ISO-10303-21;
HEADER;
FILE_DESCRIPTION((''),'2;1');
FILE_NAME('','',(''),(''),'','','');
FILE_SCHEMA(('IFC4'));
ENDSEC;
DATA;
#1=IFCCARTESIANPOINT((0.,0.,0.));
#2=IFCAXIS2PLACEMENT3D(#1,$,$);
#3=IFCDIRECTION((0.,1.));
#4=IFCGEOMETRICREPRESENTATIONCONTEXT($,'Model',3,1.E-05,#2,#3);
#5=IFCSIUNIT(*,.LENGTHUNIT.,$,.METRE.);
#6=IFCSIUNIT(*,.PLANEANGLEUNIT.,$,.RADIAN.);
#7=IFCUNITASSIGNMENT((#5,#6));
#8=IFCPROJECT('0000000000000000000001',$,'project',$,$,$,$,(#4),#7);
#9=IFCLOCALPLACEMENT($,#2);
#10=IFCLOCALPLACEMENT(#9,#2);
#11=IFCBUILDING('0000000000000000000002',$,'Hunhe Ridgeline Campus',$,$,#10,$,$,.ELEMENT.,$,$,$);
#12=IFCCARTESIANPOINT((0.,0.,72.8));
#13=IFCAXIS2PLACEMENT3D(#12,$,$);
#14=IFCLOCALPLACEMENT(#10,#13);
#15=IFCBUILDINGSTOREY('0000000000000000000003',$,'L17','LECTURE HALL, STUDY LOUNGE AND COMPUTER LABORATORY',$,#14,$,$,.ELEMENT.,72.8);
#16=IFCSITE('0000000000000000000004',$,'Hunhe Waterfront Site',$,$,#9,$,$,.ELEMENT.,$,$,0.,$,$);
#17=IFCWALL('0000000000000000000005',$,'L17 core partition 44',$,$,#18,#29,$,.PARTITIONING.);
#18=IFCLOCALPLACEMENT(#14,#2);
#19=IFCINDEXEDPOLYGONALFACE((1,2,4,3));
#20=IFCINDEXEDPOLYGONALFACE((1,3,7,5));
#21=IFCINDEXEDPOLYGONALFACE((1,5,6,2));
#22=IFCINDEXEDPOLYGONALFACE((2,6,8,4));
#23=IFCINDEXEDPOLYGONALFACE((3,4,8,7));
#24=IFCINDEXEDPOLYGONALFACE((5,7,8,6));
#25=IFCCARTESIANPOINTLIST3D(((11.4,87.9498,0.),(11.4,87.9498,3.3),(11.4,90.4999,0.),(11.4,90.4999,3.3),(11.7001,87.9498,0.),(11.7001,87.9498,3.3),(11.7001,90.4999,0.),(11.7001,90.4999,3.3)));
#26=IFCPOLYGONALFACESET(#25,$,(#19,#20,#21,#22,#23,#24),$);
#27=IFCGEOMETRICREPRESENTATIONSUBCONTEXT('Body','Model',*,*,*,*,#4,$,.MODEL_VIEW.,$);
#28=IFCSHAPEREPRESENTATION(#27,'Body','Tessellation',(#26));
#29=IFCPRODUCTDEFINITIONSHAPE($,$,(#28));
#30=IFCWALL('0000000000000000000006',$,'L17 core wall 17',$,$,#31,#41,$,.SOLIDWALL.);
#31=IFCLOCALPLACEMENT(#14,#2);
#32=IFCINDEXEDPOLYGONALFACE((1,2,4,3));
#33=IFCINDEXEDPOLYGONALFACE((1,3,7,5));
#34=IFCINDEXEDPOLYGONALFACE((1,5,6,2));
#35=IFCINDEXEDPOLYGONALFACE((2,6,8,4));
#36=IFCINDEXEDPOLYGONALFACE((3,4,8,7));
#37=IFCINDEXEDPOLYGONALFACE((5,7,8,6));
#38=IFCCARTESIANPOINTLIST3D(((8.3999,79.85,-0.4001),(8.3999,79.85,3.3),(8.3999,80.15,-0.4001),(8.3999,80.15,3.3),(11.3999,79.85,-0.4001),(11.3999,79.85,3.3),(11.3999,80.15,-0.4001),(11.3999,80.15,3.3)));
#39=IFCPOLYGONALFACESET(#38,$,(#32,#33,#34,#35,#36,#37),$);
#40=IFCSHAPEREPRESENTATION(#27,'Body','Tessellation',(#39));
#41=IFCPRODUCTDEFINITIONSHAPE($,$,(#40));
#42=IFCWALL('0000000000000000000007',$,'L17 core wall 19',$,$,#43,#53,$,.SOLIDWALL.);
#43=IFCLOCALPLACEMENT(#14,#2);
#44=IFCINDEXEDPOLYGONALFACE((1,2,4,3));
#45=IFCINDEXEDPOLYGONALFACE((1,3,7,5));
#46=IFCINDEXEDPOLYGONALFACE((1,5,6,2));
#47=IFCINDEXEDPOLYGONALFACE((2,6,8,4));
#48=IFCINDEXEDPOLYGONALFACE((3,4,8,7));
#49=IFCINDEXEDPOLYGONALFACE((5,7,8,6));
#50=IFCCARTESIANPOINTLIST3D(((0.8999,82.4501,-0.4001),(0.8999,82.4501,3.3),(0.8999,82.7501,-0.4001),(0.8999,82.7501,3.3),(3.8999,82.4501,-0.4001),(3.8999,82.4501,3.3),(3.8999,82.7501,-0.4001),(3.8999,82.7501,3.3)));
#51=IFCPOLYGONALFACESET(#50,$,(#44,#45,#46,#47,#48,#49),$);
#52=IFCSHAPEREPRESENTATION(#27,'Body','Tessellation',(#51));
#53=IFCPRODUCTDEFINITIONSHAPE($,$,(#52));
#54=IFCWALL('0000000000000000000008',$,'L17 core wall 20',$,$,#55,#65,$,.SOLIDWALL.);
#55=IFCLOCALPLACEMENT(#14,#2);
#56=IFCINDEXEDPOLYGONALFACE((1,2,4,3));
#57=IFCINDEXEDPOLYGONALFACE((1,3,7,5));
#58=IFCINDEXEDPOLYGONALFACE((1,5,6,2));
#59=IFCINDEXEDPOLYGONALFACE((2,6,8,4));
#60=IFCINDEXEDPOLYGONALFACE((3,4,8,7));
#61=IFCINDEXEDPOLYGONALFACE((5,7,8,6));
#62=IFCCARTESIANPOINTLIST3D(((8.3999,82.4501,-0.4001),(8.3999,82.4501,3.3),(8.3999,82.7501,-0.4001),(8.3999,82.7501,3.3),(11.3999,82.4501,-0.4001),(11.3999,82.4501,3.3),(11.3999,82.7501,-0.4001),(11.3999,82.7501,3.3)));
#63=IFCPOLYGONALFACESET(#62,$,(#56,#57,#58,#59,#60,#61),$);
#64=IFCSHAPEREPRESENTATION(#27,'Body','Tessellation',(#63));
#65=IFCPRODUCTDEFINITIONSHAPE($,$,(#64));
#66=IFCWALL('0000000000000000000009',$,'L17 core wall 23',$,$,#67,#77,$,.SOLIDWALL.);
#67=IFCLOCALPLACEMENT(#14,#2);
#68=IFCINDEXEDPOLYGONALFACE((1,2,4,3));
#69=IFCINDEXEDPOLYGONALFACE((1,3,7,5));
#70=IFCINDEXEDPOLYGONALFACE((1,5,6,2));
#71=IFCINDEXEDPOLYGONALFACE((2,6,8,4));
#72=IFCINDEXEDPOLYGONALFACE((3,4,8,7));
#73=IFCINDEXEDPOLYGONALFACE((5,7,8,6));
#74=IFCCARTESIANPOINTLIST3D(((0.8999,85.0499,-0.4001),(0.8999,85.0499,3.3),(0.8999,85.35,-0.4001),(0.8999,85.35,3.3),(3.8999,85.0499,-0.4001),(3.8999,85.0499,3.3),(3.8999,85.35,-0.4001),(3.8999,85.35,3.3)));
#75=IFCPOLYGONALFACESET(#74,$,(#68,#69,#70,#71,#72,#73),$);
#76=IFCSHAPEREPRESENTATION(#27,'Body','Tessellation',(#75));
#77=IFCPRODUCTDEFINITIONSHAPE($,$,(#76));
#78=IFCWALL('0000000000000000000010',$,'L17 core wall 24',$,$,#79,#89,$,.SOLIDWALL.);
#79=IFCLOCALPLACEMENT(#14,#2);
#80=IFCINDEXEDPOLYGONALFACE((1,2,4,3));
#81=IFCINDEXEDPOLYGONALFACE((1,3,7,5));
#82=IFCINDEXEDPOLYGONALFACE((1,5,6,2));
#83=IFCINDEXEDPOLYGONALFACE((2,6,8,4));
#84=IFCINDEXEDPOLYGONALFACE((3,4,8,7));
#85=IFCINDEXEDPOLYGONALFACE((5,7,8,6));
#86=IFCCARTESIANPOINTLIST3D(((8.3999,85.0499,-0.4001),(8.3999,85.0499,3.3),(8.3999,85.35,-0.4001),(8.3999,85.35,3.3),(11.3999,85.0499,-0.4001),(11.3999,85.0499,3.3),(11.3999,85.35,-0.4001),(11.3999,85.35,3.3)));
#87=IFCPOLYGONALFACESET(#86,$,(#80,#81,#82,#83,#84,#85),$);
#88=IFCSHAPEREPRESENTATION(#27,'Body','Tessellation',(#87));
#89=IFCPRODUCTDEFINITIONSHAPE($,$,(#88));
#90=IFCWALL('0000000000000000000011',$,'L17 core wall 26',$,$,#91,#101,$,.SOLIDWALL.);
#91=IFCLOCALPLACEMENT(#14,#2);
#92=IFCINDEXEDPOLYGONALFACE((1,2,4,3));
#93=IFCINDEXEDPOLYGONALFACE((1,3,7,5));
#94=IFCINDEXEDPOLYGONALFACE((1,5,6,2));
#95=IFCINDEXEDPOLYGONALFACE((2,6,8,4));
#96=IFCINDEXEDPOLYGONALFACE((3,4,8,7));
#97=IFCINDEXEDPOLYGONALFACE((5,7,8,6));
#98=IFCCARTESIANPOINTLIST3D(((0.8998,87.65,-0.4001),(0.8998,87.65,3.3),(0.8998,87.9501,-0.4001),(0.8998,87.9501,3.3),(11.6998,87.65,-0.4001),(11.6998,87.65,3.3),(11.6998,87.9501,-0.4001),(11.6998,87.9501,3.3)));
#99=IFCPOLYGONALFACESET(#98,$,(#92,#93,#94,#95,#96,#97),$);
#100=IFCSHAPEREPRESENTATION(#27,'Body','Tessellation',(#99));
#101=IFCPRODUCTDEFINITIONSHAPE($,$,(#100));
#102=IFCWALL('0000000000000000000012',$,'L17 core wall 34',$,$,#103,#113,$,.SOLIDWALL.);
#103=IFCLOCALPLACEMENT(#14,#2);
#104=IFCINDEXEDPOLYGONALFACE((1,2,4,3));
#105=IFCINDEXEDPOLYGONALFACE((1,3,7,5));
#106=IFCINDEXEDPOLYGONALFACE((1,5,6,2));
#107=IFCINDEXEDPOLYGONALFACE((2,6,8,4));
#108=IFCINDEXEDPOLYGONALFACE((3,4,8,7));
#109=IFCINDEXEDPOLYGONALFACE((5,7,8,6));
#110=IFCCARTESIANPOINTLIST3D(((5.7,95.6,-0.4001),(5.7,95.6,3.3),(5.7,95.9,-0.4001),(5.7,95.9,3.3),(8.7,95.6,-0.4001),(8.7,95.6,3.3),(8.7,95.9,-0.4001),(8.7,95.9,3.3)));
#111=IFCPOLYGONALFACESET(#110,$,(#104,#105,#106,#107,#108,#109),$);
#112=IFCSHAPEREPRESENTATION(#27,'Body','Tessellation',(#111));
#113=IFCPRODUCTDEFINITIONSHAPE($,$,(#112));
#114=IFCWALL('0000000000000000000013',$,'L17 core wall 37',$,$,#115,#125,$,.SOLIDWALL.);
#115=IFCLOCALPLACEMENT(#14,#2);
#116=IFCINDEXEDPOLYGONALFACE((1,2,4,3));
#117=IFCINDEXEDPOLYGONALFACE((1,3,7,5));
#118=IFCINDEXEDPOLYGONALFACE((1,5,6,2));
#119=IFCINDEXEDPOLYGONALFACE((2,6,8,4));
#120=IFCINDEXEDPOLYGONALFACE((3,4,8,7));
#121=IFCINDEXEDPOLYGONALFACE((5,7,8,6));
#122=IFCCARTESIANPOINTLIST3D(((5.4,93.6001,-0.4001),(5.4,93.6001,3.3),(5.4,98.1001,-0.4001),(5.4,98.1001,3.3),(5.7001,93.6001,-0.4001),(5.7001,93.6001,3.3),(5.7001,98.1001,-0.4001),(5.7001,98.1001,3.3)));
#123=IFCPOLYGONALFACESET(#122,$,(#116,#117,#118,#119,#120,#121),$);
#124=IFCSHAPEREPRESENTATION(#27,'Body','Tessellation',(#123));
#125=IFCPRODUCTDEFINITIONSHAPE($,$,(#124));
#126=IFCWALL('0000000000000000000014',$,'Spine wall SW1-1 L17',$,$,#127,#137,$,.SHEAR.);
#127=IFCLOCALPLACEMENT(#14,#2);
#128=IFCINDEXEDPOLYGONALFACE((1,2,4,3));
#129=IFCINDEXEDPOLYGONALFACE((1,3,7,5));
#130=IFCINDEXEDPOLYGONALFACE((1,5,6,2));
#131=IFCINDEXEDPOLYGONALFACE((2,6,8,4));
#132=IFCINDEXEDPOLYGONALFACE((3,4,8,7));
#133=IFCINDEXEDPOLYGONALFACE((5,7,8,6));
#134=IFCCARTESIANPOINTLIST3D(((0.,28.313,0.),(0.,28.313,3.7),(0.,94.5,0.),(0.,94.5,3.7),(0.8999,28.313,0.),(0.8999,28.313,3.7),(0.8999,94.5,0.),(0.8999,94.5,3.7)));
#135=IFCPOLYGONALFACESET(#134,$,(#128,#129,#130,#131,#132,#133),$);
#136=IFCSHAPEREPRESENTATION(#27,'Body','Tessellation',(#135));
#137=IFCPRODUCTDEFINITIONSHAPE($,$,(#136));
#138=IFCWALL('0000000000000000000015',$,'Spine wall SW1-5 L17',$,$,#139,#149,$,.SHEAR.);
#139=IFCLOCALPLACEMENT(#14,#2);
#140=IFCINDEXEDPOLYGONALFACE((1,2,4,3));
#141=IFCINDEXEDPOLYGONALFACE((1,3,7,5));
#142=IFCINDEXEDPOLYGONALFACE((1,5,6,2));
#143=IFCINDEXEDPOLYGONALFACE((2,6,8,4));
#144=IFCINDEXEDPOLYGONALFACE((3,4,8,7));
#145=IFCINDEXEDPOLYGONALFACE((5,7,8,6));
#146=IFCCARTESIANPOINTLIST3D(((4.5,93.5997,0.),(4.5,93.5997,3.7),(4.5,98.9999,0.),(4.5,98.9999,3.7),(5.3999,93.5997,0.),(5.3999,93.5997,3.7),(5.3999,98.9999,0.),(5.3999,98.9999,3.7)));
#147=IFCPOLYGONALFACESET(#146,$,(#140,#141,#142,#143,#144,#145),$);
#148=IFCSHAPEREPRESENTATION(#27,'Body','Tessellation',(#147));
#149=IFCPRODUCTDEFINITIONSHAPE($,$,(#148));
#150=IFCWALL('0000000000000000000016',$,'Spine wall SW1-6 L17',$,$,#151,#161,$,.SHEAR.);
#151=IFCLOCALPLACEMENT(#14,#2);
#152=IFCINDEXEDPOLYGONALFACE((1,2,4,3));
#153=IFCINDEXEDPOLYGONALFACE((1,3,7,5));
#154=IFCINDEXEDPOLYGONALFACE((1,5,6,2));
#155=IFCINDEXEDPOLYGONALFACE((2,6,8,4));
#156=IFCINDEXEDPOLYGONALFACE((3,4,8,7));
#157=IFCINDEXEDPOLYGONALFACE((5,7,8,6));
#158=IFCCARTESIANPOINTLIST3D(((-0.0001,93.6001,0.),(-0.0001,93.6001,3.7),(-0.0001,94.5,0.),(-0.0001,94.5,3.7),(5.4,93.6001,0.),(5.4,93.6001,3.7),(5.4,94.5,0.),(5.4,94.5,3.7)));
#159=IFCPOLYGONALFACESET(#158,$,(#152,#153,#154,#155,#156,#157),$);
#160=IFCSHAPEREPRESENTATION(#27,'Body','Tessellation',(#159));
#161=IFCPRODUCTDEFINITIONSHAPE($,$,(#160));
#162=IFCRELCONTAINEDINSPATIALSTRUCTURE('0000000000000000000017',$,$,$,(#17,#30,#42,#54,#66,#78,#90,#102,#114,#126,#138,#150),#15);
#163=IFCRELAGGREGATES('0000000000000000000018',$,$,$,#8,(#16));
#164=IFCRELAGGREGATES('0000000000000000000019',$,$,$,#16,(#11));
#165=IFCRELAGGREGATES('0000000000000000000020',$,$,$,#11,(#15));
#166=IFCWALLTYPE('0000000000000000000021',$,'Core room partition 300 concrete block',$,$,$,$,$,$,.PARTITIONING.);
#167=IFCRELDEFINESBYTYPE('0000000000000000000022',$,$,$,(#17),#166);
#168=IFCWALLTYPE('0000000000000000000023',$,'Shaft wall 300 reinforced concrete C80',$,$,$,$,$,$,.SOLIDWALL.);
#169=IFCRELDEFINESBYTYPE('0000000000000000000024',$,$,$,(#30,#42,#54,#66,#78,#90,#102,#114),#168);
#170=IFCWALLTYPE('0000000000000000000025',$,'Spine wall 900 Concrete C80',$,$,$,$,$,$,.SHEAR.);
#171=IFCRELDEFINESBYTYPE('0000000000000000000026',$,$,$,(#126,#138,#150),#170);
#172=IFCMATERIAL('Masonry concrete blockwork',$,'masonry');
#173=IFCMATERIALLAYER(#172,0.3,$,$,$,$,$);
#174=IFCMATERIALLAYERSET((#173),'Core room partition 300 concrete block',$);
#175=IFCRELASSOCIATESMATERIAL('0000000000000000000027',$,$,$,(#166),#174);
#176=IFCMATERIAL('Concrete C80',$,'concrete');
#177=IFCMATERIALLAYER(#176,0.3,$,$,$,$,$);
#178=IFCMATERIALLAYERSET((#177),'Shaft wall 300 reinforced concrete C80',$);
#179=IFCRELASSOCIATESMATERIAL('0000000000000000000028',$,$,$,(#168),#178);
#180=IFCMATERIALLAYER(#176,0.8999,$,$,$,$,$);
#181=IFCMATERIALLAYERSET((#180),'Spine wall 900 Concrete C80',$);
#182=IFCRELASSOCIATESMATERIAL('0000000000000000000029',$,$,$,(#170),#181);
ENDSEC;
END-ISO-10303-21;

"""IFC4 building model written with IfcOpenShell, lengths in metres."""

from ifc_helpers import new_model, si_unit, direction, frame, frame_2d, origin, place, context, subcontext, project, spatial, rectangle, extrude, material, layer, layer_set, type_object, element, save


model = new_model("IFC4")

# Units and contexts
model_context = context("Model", 3, precision=1e-05, world=origin(), true_north=direction((0.0, 1.0)))
body_context = subcontext(model_context, "Body", "Model", "MODEL_VIEW")
ifc_project = project(units=[si_unit("LENGTHUNIT", "METRE"), si_unit("PLANEANGLEUNIT", "RADIAN")], contexts=[model_context])

# Site, building, storey
site_placement = place(None, origin())
site = spatial("IfcSite", under=ifc_project, at=site_placement, Name="Hunhe Waterfront Site", CompositionType="ELEMENT", RefElevation=0.0)
building_placement = place(site_placement, origin())
building = spatial("IfcBuilding", under=site, at=building_placement, Name="Hunhe Ridgeline Campus", CompositionType="ELEMENT")
storey_placement = place(building_placement, frame((0.0, 0.0, 72.8)))
storey = spatial("IfcBuildingStorey", under=building, at=storey_placement, Name="L17", Description="LECTURE HALL, STUDY LOUNGE AND COMPUTER LABORATORY", CompositionType="ELEMENT", Elevation=72.8)

# Wall
ifc_material_1 = material(Name="Masonry concrete blockwork", Category="masonry")
ifc_layer_1 = layer(ifc_material_1, 0.3)
ifc_layer_set_1 = layer_set([ifc_layer_1], Name="Core room partition 300 concrete block")
wall_type_1 = type_object("IfcWallType", Name="Core room partition 300 concrete block", PredefinedType="PARTITIONING", material=ifc_layer_set_1)
wall_1_placement = place(storey_placement, frame((11.55, 87.95, 0.0), z_axis=(0.0, 0.0, 1.0), x_axis=(0.0, 1.0, 0.0)))
element("IfcWall", 1, at=wall_1_placement, inside=storey, type_object=wall_type_1, Name="L17 core partition 44", PredefinedType="PARTITIONING", context=body_context, shape_type="SweptSolid", body=[
    extrude(rectangle(XDim=2.55, YDim=0.3, at=frame_2d((1.2749, 0.0))), origin(), (0.0, 0.0, 1.0), 3.3),
])

# Shared definitions
ifc_material_2 = material(Name="Concrete C80", Category="concrete")

# Walls
ifc_layer_2 = layer(ifc_material_2, 0.3)
ifc_layer_set_2 = layer_set([ifc_layer_2], Name="Shaft wall 300 reinforced concrete C80")
wall_type_2 = type_object("IfcWallType", Name="Shaft wall 300 reinforced concrete C80", PredefinedType="SOLIDWALL", material=ifc_layer_set_2)
for number, where, z_axis, x_axis, name in (
    (2, (8.3999, 80.0, -0.4001), (0.0, 0.0, 1.0), (1.0, 0.0, 0.0), "L17 core wall 17"),
    (3, (0.8999, 82.6001, -0.4001), (0.0, 0.0, 1.0), (1.0, 0.0, 0.0), "L17 core wall 19"),
    (4, (8.3999, 82.6001, -0.4001), (0.0, 0.0, 1.0), (1.0, 0.0, 0.0), "L17 core wall 20"),
    (5, (0.8999, 85.2, -0.4001), (0.0, 0.0, 1.0), (1.0, 0.0, 0.0), "L17 core wall 23"),
    (6, (8.3999, 85.2, -0.4001), (0.0, 0.0, 1.0), (1.0, 0.0, 0.0), "L17 core wall 24"),
):
    element("IfcWall", number, at=place(storey_placement, frame(where, z_axis=z_axis, x_axis=x_axis)), inside=storey, type_object=wall_type_2, Name=name, PredefinedType="SOLIDWALL", context=body_context, shape_type="SweptSolid", body=[
        extrude(rectangle(XDim=3.0, YDim=0.3, at=frame_2d((1.5, 0.0))), origin(), (0.0, 0.0, 1.0), 3.7002),
    ])
wall_2_placement = place(storey_placement, frame((0.8999, 87.8, -0.4001), z_axis=(0.0, 0.0, 1.0), x_axis=(1.0, 0.0, 0.0)))
element("IfcWall", 7, at=wall_2_placement, inside=storey, type_object=wall_type_2, Name="L17 core wall 26", PredefinedType="SOLIDWALL", context=body_context, shape_type="SweptSolid", body=[
    extrude(rectangle(XDim=10.8, YDim=0.3, at=frame_2d((5.3999, 0.0))), origin(), (0.0, 0.0, 1.0), 3.7002),
])

# Walls
wall_3_placement = place(storey_placement, frame((5.7, 95.75, -0.4001), z_axis=(0.0, 0.0, 1.0), x_axis=(1.0, 0.0, 0.0)))
element("IfcWall", 8, at=wall_3_placement, inside=storey, type_object=wall_type_2, Name="L17 core wall 34", PredefinedType="SOLIDWALL", context=body_context, shape_type="SweptSolid", body=[
    extrude(rectangle(XDim=3.0, YDim=0.3, at=frame_2d((1.5, 0.0))), origin(), (0.0, 0.0, 1.0), 3.7002),
])
wall_4_placement = place(storey_placement, frame((5.55, 93.6001, -0.4001), z_axis=(0.0, 0.0, 1.0), x_axis=(0.0, 1.0, 0.0)))
element("IfcWall", 9, at=wall_4_placement, inside=storey, type_object=wall_type_2, Name="L17 core wall 37", PredefinedType="SOLIDWALL", context=body_context, shape_type="SweptSolid", body=[
    extrude(rectangle(XDim=4.5, YDim=0.3, at=frame_2d((2.25, 0.0))), origin(), (0.0, 0.0, 1.0), 3.7002),
])

# Walls
ifc_layer_3 = layer(ifc_material_2, 0.8999)
ifc_layer_set_3 = layer_set([ifc_layer_3], Name="Spine wall 900 Concrete C80")
wall_type_3 = type_object("IfcWallType", Name="Spine wall 900 Concrete C80", PredefinedType="SHEAR", material=ifc_layer_set_3)
wall_5_placement = place(storey_placement, frame((0.45, 94.5, 0.0), z_axis=(0.0, 0.0, 1.0), x_axis=(0.0, -1.0, 0.0)))
element("IfcWall", 10, at=wall_5_placement, inside=storey, type_object=wall_type_3, Name="Spine wall SW1-1 L17", PredefinedType="SHEAR", context=body_context, shape_type="SweptSolid", body=[
    extrude(rectangle(XDim=66.187, YDim=0.8999, at=frame_2d((33.0935, 0.0))), origin(), (0.0, 0.0, 1.0), 3.7),
])
for number, where, z_axis, x_axis, name in (
    (11, (4.95, 99.0, 0.0), (0.0, 0.0, 1.0), (0.0, -1.0, 0.0), "Spine wall SW1-5 L17"),
    (12, (5.4001, 94.05, 0.0), (0.0, 0.0, 1.0), (-1.0, 0.0, 0.0), "Spine wall SW1-6 L17"),
):
    element("IfcWall", number, at=place(storey_placement, frame(where, z_axis=z_axis, x_axis=x_axis)), inside=storey, type_object=wall_type_3, Name=name, PredefinedType="SHEAR", context=body_context, shape_type="SweptSolid", body=[
        extrude(rectangle(XDim=5.4001, YDim=0.8999, at=frame_2d((2.7002, 0.0))), origin(), (0.0, 0.0, 1.0), 3.7),
    ])

save(model, "model.ifc")
